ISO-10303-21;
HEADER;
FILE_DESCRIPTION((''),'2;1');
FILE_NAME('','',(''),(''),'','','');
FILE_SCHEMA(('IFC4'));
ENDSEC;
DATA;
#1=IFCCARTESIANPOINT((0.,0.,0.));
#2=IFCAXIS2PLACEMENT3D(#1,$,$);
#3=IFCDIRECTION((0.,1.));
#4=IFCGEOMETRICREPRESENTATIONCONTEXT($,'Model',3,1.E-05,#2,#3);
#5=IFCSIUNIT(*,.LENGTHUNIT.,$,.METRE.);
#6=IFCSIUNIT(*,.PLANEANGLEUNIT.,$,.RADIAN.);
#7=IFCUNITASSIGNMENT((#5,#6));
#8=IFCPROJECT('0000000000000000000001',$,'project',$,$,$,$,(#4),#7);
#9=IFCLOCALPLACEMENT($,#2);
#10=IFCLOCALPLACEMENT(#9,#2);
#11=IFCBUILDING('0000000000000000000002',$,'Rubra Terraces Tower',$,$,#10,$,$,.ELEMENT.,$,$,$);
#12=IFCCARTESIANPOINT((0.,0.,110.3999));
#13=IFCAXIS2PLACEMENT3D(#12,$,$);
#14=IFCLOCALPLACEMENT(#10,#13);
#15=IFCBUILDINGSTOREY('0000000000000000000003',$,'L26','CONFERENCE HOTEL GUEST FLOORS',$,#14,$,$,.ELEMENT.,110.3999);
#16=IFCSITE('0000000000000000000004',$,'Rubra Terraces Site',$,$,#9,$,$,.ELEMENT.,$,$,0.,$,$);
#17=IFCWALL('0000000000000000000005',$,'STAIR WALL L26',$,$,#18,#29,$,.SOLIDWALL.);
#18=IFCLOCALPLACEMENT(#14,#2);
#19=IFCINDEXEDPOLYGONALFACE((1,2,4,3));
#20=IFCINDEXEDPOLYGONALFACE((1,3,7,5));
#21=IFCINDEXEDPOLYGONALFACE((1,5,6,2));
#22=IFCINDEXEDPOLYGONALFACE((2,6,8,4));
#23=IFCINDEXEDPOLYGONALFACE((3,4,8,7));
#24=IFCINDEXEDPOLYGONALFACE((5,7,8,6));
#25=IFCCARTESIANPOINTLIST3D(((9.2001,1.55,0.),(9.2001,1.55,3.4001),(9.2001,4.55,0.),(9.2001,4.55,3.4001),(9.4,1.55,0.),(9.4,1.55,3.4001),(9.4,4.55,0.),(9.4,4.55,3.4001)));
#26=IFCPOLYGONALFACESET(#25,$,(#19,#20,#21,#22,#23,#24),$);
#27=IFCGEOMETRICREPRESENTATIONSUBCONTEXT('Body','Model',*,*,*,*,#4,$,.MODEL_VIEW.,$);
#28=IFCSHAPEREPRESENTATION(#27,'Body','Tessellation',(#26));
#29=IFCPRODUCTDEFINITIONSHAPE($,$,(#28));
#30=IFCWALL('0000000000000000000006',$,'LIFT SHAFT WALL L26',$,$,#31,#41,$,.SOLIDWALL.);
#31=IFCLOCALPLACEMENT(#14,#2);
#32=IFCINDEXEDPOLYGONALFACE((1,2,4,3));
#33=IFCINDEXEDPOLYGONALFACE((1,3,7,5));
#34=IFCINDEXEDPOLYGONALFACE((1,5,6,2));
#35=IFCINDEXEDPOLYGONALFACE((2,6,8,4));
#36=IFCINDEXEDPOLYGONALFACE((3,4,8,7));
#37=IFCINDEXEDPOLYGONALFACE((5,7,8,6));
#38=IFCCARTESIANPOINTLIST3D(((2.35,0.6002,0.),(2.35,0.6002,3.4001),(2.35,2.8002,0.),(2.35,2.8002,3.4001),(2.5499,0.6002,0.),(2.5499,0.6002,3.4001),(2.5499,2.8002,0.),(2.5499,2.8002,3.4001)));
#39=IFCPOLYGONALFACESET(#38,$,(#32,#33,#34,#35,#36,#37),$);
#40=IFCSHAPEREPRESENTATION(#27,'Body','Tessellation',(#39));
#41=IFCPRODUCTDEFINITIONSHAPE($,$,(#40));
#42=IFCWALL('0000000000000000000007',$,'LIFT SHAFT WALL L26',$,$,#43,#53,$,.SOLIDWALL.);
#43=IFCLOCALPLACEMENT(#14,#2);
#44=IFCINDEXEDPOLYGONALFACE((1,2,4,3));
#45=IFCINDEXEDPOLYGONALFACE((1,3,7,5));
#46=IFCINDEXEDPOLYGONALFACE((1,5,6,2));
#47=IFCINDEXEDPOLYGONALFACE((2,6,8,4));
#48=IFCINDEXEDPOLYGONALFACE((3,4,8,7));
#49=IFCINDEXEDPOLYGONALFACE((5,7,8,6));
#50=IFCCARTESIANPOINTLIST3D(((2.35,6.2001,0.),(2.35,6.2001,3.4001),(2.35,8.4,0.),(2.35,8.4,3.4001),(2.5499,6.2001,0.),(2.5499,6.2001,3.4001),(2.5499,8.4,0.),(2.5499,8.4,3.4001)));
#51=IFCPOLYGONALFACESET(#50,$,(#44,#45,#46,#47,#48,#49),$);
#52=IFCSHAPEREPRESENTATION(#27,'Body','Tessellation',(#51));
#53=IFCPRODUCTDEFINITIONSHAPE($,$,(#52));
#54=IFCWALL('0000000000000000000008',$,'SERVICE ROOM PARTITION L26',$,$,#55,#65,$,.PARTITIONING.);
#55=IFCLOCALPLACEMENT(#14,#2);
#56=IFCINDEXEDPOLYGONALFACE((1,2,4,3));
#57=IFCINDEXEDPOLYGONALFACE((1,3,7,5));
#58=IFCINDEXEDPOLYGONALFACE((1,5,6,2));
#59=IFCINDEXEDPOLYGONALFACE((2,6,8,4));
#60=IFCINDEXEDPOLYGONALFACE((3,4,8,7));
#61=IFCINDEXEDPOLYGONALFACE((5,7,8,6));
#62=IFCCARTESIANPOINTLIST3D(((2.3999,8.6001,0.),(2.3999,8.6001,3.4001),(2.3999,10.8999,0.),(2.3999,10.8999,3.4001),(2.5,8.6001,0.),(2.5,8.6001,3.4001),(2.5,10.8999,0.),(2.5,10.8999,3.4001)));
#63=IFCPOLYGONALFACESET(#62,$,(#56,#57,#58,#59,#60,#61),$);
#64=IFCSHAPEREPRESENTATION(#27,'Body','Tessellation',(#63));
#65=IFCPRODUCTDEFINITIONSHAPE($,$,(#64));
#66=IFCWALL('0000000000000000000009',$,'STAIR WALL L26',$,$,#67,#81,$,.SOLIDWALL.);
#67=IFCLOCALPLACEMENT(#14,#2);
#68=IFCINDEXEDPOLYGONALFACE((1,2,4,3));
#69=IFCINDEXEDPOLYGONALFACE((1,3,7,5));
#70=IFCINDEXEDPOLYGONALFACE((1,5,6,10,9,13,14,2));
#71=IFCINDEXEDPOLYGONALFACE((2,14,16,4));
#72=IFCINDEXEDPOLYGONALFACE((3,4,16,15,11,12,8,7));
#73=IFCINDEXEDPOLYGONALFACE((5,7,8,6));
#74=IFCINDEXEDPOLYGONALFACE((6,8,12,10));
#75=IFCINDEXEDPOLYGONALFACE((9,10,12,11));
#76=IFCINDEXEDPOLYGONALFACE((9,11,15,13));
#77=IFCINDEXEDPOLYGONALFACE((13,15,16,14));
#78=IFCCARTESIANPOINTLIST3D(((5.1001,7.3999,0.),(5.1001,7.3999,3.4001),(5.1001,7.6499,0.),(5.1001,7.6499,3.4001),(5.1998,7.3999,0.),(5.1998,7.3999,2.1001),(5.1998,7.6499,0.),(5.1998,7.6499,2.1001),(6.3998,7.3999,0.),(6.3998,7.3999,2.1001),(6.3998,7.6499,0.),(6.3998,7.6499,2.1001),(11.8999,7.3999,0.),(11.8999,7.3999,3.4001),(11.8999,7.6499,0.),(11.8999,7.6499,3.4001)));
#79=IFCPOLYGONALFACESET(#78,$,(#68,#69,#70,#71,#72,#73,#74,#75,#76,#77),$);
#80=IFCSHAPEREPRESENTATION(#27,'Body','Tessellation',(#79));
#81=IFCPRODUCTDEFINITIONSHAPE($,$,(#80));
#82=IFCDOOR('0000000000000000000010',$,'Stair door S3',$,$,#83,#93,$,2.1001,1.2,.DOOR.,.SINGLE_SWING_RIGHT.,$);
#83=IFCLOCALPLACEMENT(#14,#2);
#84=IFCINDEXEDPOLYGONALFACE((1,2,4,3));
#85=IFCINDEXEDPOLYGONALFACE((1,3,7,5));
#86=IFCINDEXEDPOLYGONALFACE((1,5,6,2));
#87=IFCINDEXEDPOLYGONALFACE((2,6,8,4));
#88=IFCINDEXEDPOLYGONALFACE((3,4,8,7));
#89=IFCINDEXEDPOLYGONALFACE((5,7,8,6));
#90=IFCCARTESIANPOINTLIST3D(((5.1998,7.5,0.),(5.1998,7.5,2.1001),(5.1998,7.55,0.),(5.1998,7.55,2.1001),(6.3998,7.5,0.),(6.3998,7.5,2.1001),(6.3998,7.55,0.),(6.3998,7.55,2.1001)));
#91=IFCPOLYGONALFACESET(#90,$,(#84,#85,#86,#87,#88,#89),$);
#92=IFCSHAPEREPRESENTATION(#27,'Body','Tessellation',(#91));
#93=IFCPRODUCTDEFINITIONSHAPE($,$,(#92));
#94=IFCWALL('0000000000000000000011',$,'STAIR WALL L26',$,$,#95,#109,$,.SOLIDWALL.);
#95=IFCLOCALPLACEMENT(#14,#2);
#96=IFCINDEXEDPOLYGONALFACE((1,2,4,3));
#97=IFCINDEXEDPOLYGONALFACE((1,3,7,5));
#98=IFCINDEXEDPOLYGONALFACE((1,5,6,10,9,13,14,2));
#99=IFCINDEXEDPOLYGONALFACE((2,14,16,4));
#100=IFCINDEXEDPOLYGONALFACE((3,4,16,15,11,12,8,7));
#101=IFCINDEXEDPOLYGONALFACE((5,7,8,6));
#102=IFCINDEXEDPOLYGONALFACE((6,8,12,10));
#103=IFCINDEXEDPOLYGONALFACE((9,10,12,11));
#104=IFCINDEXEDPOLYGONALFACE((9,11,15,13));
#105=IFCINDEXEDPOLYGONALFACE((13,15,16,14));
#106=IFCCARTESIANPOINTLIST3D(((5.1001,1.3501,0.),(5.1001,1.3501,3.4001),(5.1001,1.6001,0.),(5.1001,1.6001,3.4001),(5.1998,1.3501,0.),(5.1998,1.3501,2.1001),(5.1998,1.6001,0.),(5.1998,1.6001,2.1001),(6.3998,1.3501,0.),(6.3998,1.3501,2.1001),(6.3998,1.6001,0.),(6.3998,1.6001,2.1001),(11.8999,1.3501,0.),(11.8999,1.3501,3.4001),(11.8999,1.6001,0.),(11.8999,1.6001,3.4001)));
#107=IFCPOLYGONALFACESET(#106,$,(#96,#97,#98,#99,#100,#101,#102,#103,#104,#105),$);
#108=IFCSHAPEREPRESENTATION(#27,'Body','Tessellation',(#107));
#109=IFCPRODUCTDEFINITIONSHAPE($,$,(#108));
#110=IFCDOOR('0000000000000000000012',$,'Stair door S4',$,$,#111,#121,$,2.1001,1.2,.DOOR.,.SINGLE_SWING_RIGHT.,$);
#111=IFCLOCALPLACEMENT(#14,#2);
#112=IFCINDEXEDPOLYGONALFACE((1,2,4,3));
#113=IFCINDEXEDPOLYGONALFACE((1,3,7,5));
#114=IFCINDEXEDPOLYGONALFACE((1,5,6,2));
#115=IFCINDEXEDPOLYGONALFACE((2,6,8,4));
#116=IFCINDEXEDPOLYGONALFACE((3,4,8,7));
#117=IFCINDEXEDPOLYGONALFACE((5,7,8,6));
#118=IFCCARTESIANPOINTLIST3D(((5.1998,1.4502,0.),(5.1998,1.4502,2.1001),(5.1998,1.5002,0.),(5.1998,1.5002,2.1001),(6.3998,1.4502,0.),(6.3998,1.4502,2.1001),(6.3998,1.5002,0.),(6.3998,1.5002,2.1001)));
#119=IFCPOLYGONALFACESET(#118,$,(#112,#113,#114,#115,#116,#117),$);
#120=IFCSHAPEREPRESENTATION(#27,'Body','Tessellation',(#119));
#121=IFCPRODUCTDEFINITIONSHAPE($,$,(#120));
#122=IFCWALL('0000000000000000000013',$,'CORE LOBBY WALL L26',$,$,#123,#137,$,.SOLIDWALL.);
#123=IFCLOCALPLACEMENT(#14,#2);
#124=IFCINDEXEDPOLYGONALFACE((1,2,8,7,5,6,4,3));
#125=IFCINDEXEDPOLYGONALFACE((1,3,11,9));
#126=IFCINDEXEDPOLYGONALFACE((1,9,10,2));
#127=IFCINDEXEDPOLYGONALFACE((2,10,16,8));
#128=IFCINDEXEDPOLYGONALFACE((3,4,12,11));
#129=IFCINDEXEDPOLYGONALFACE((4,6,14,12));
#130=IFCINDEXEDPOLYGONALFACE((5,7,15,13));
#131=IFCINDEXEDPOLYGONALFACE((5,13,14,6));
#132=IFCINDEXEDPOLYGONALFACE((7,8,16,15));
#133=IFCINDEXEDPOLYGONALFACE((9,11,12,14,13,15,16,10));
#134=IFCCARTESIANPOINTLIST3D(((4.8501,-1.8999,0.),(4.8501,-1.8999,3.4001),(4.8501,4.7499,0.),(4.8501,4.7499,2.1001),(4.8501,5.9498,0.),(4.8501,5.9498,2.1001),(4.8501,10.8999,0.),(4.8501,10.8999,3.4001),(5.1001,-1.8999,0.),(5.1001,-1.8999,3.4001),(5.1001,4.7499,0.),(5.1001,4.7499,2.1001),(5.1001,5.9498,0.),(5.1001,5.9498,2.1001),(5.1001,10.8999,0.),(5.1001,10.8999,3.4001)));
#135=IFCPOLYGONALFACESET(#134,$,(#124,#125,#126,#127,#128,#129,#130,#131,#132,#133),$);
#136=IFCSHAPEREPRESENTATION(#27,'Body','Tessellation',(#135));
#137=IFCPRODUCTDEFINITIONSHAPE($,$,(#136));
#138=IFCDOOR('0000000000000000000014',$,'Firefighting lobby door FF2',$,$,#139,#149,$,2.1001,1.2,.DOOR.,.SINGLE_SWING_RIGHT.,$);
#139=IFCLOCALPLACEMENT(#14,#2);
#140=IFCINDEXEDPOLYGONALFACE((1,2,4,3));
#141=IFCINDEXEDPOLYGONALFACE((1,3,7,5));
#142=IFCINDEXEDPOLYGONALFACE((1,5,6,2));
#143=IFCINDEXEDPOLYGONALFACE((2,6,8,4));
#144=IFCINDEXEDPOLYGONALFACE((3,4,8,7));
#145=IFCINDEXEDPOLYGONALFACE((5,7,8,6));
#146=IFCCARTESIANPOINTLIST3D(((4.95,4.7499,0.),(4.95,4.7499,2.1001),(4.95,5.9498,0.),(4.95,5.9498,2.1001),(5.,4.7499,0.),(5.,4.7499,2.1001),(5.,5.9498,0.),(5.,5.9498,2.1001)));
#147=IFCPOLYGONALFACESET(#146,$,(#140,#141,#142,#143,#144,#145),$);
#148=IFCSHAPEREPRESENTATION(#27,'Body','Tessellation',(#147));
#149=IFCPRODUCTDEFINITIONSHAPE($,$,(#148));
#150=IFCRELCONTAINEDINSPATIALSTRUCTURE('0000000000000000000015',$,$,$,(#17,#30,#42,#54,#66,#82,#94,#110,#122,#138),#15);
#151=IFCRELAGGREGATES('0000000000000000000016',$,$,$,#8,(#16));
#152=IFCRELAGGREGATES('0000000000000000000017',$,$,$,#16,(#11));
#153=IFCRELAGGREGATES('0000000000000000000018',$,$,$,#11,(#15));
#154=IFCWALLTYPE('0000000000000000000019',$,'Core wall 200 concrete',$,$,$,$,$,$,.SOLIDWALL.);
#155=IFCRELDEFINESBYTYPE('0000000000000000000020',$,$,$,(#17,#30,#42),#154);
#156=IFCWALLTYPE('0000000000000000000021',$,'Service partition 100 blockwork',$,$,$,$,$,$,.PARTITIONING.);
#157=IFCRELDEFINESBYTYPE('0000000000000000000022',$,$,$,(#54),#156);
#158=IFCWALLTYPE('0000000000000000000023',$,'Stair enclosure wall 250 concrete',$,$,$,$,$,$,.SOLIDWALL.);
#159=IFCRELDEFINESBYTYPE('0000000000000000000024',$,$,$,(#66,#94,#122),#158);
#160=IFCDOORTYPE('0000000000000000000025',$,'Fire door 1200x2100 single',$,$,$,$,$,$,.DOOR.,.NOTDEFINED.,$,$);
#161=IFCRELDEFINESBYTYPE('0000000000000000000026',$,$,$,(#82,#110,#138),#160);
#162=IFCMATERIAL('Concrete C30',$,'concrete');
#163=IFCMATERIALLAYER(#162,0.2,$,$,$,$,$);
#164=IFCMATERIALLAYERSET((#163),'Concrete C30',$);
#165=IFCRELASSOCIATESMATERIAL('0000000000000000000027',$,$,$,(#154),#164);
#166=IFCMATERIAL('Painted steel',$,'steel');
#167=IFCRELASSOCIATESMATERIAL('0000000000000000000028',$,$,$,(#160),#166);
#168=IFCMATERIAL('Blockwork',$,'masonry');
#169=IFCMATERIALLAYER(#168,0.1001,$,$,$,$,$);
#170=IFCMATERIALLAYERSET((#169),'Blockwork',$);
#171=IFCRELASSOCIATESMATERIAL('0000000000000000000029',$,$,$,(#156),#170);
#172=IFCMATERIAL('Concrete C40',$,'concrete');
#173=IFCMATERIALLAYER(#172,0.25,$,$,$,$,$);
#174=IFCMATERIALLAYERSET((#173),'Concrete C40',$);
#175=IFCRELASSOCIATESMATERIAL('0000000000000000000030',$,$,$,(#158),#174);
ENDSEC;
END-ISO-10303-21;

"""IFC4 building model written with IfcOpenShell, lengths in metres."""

from ifc_helpers import new_model, si_unit, direction, frame, frame_2d, origin, place, context, subcontext, project, spatial, rectangle, extrude, material, layer, layer_set, type_object, element, fill, save


model = new_model("IFC4")

# Units and contexts
model_context = context("Model", 3, precision=1e-05, world=origin(), true_north=direction((0.0, 1.0)))
body_context = subcontext(model_context, "Body", "Model", "MODEL_VIEW")
ifc_project = project(units=[si_unit("LENGTHUNIT", "METRE"), si_unit("PLANEANGLEUNIT", "RADIAN")], contexts=[model_context])

# Site, building, storey
site_placement = place(None, origin())
site = spatial("IfcSite", under=ifc_project, at=site_placement, Name="Rubra Terraces Site", CompositionType="ELEMENT", RefElevation=0.0)
building_placement = place(site_placement, origin())
building = spatial("IfcBuilding", under=site, at=building_placement, Name="Rubra Terraces Tower", CompositionType="ELEMENT")
storey_placement = place(building_placement, frame((0.0, 0.0, 110.3999)))
storey = spatial("IfcBuildingStorey", under=building, at=storey_placement, Name="L26", Description="CONFERENCE HOTEL GUEST FLOORS", CompositionType="ELEMENT", Elevation=110.3999)

# Shared definitions
ifc_material_1 = material(Name="Concrete C40", Category="concrete")

# Shared definitions
ifc_material_2 = material(Name="Concrete C30", Category="concrete")
ifc_layer_1 = layer(ifc_material_2, 0.2)
ifc_layer_set_1 = layer_set([ifc_layer_1], Name="Concrete C30")
wall_type_1 = type_object("IfcWallType", Name="Core wall 200 concrete", PredefinedType="SOLIDWALL", material=ifc_layer_set_1)
ifc_material_3 = material(Name="Painted steel", Category="steel")
door_type_1 = type_object("IfcDoorType", Name="Fire door 1200x2100 single", OperationType="NOTDEFINED", PredefinedType="DOOR", material=ifc_material_3)

# Walls
wall_1_placement = place(storey_placement, frame((9.3, 4.55, 0.0), z_axis=(0.0, 0.0, 1.0), x_axis=(0.0, -1.0, 0.0)))
element("IfcWall", 1, at=wall_1_placement, inside=storey, type_object=wall_type_1, Name="STAIR WALL L26", PredefinedType="SOLIDWALL", context=body_context, shape_type="SweptSolid", body=[
    extrude(rectangle(XDim=3.0, YDim=0.2, at=frame_2d((1.5, 0.0))), origin(), (0.0, 0.0, 1.0), 3.4001),
])
for number, where, z_axis, x_axis, name in (
    (2, (2.45, 0.6001, 0.0), (0.0, 0.0, 1.0), (0.0, 1.0, 0.0), "LIFT SHAFT WALL L26"),
    (3, (2.45, 6.2, 0.0), (0.0, 0.0, 1.0), (0.0, 1.0, 0.0), "LIFT SHAFT WALL L26"),
):
    element("IfcWall", number, at=place(storey_placement, frame(where, z_axis=z_axis, x_axis=x_axis)), inside=storey, type_object=wall_type_1, Name=name, PredefinedType="SOLIDWALL", context=body_context, shape_type="SweptSolid", body=[
        extrude(rectangle(XDim=2.2, YDim=0.2, at=frame_2d((1.1001, 0.0))), origin(), (0.0, 0.0, 1.0), 3.4001),
    ])
ifc_material_4 = material(Name="Blockwork", Category="masonry")
ifc_layer_2 = layer(ifc_material_4, 0.1001)
ifc_layer_set_2 = layer_set([ifc_layer_2], Name="Blockwork")
wall_type_2 = type_object("IfcWallType", Name="Service partition 100 blockwork", PredefinedType="PARTITIONING", material=ifc_layer_set_2)
wall_2_placement = place(storey_placement, frame((2.45, 8.6001, 0.0), z_axis=(0.0, 0.0, 1.0), x_axis=(0.0, 1.0, 0.0)))
element("IfcWall", 4, at=wall_2_placement, inside=storey, type_object=wall_type_2, Name="SERVICE ROOM PARTITION L26", PredefinedType="PARTITIONING", context=body_context, shape_type="SweptSolid", body=[
    extrude(rectangle(XDim=2.2998, YDim=0.1001, at=frame_2d((1.1499, 0.0))), origin(), (0.0, 0.0, 1.0), 3.4001),
])

# Walls, openings, doors
ifc_layer_3 = layer(ifc_material_1, 0.25)
ifc_layer_set_3 = layer_set([ifc_layer_3], Name="Concrete C40")
wall_type_3 = type_object("IfcWallType", Name="Stair enclosure wall 250 concrete", PredefinedType="SOLIDWALL", material=ifc_layer_set_3)
wall_3_placement = place(storey_placement, frame((11.8999, 7.5249, 0.0), z_axis=(0.0, 0.0, 1.0), x_axis=(-1.0, 0.0, 0.0)))
wall_3 = element("IfcWall", 5, at=wall_3_placement, inside=storey, type_object=wall_type_3, Name="STAIR WALL L26", PredefinedType="SOLIDWALL", context=body_context, shape_type="SweptSolid", body=[
    extrude(rectangle(XDim=6.7998, YDim=0.25, at=frame_2d((3.3999, 0.0))), origin(), (0.0, 0.0, 1.0), 3.4001),
])
opening_1_placement = place(wall_3_placement, frame((5.5, 0.0, 0.0)))
opening_1 = element("IfcOpeningElement", 6, at=opening_1_placement, cuts=wall_3, PredefinedType="OPENING", context=body_context, shape_type="SweptSolid", body=[
    extrude(rectangle(XDim=1.2, YDim=2.1001, at=frame_2d((0.6001, 1.05))), frame((0.0, 0.135, 0.0), z_axis=(0.0, -1.0, 0.0), x_axis=(1.0, 0.0, 0.0)), (0.0, 0.0, 1.0), 0.27),
])
door_1_placement = place(opening_1_placement, origin())
door_1 = element("IfcDoor", 7, at=door_1_placement, inside=storey, type_object=door_type_1, Name="Stair door S3", OperationType="SINGLE_SWING_RIGHT", OverallHeight=2.1001, OverallWidth=1.2, PredefinedType="DOOR", context=body_context, shape_type="SweptSolid", body=[
    extrude(rectangle(XDim=1.2, YDim=2.1001, at=frame_2d((0.6001, 1.05))), frame((0.0, 0.0249, 0.0), z_axis=(0.0, -1.0, 0.0), x_axis=(1.0, 0.0, 0.0)), (0.0, 0.0, 1.0), 0.05),
])
fill(opening_1, door_1)
wall_4_placement = place(storey_placement, frame((11.8999, 1.4751, 0.0), z_axis=(0.0, 0.0, 1.0), x_axis=(-1.0, 0.0, 0.0)))
wall_4 = element("IfcWall", 8, at=wall_4_placement, inside=storey, type_object=wall_type_3, Name="STAIR WALL L26", PredefinedType="SOLIDWALL", context=body_context, shape_type="SweptSolid", body=[
    extrude(rectangle(XDim=6.7998, YDim=0.25, at=frame_2d((3.3999, 0.0))), origin(), (0.0, 0.0, 1.0), 3.4001),
])
opening_2_placement = place(wall_4_placement, frame((5.5, 0.0, 0.0)))
opening_2 = element("IfcOpeningElement", 9, at=opening_2_placement, cuts=wall_4, PredefinedType="OPENING", context=body_context, shape_type="SweptSolid", body=[
    extrude(rectangle(XDim=1.2, YDim=2.1001, at=frame_2d((0.6001, 1.05))), frame((0.0, 0.135, 0.0), z_axis=(0.0, -1.0, 0.0), x_axis=(1.0, 0.0, 0.0)), (0.0, 0.0, 1.0), 0.27),
])
door_2_placement = place(opening_2_placement, origin())
door_2 = element("IfcDoor", 10, at=door_2_placement, inside=storey, type_object=door_type_1, Name="Stair door S4", OperationType="SINGLE_SWING_RIGHT", OverallHeight=2.1001, OverallWidth=1.2, PredefinedType="DOOR", context=body_context, shape_type="SweptSolid", body=[
    extrude(rectangle(XDim=1.2, YDim=2.1001, at=frame_2d((0.6001, 1.05))), frame((0.0, 0.0249, 0.0), z_axis=(0.0, -1.0, 0.0), x_axis=(1.0, 0.0, 0.0)), (0.0, 0.0, 1.0), 0.05),
])
fill(opening_2, door_2)
wall_5_placement = place(storey_placement, frame((4.9751, 10.8999, 0.0), z_axis=(0.0, 0.0, 1.0), x_axis=(0.0, -1.0, 0.0)))
wall_5 = element("IfcWall", 11, at=wall_5_placement, inside=storey, type_object=wall_type_3, Name="CORE LOBBY WALL L26", PredefinedType="SOLIDWALL", context=body_context, shape_type="SweptSolid", body=[
    extrude(rectangle(XDim=12.7998, YDim=0.25, at=frame_2d((6.3999, 0.0))), origin(), (0.0, 0.0, 1.0), 3.4001),
])
opening_3_placement = place(wall_5_placement, frame((4.95, 0.0, 0.0)))
opening_3 = element("IfcOpeningElement", 12, at=opening_3_placement, cuts=wall_5, PredefinedType="OPENING", context=body_context, shape_type="SweptSolid", body=[
    extrude(rectangle(XDim=1.2, YDim=2.1001, at=frame_2d((0.6001, 1.05))), frame((0.0, 0.135, 0.0), z_axis=(0.0, -1.0, 0.0), x_axis=(1.0, 0.0, 0.0)), (0.0, 0.0, 1.0), 0.27),
])
door_3_placement = place(opening_3_placement, origin())
door_3 = element("IfcDoor", 13, at=door_3_placement, inside=storey, type_object=door_type_1, Name="Firefighting lobby door FF2", OperationType="SINGLE_SWING_RIGHT", OverallHeight=2.1001, OverallWidth=1.2, PredefinedType="DOOR", context=body_context, shape_type="SweptSolid", body=[
    extrude(rectangle(XDim=1.2, YDim=2.1001, at=frame_2d((0.6001, 1.05))), frame((0.0, 0.0249, 0.0), z_axis=(0.0, -1.0, 0.0), x_axis=(1.0, 0.0, 0.0)), (0.0, 0.0, 1.0), 0.05),
])
fill(opening_3, door_3)

save(model, "model.ifc")
